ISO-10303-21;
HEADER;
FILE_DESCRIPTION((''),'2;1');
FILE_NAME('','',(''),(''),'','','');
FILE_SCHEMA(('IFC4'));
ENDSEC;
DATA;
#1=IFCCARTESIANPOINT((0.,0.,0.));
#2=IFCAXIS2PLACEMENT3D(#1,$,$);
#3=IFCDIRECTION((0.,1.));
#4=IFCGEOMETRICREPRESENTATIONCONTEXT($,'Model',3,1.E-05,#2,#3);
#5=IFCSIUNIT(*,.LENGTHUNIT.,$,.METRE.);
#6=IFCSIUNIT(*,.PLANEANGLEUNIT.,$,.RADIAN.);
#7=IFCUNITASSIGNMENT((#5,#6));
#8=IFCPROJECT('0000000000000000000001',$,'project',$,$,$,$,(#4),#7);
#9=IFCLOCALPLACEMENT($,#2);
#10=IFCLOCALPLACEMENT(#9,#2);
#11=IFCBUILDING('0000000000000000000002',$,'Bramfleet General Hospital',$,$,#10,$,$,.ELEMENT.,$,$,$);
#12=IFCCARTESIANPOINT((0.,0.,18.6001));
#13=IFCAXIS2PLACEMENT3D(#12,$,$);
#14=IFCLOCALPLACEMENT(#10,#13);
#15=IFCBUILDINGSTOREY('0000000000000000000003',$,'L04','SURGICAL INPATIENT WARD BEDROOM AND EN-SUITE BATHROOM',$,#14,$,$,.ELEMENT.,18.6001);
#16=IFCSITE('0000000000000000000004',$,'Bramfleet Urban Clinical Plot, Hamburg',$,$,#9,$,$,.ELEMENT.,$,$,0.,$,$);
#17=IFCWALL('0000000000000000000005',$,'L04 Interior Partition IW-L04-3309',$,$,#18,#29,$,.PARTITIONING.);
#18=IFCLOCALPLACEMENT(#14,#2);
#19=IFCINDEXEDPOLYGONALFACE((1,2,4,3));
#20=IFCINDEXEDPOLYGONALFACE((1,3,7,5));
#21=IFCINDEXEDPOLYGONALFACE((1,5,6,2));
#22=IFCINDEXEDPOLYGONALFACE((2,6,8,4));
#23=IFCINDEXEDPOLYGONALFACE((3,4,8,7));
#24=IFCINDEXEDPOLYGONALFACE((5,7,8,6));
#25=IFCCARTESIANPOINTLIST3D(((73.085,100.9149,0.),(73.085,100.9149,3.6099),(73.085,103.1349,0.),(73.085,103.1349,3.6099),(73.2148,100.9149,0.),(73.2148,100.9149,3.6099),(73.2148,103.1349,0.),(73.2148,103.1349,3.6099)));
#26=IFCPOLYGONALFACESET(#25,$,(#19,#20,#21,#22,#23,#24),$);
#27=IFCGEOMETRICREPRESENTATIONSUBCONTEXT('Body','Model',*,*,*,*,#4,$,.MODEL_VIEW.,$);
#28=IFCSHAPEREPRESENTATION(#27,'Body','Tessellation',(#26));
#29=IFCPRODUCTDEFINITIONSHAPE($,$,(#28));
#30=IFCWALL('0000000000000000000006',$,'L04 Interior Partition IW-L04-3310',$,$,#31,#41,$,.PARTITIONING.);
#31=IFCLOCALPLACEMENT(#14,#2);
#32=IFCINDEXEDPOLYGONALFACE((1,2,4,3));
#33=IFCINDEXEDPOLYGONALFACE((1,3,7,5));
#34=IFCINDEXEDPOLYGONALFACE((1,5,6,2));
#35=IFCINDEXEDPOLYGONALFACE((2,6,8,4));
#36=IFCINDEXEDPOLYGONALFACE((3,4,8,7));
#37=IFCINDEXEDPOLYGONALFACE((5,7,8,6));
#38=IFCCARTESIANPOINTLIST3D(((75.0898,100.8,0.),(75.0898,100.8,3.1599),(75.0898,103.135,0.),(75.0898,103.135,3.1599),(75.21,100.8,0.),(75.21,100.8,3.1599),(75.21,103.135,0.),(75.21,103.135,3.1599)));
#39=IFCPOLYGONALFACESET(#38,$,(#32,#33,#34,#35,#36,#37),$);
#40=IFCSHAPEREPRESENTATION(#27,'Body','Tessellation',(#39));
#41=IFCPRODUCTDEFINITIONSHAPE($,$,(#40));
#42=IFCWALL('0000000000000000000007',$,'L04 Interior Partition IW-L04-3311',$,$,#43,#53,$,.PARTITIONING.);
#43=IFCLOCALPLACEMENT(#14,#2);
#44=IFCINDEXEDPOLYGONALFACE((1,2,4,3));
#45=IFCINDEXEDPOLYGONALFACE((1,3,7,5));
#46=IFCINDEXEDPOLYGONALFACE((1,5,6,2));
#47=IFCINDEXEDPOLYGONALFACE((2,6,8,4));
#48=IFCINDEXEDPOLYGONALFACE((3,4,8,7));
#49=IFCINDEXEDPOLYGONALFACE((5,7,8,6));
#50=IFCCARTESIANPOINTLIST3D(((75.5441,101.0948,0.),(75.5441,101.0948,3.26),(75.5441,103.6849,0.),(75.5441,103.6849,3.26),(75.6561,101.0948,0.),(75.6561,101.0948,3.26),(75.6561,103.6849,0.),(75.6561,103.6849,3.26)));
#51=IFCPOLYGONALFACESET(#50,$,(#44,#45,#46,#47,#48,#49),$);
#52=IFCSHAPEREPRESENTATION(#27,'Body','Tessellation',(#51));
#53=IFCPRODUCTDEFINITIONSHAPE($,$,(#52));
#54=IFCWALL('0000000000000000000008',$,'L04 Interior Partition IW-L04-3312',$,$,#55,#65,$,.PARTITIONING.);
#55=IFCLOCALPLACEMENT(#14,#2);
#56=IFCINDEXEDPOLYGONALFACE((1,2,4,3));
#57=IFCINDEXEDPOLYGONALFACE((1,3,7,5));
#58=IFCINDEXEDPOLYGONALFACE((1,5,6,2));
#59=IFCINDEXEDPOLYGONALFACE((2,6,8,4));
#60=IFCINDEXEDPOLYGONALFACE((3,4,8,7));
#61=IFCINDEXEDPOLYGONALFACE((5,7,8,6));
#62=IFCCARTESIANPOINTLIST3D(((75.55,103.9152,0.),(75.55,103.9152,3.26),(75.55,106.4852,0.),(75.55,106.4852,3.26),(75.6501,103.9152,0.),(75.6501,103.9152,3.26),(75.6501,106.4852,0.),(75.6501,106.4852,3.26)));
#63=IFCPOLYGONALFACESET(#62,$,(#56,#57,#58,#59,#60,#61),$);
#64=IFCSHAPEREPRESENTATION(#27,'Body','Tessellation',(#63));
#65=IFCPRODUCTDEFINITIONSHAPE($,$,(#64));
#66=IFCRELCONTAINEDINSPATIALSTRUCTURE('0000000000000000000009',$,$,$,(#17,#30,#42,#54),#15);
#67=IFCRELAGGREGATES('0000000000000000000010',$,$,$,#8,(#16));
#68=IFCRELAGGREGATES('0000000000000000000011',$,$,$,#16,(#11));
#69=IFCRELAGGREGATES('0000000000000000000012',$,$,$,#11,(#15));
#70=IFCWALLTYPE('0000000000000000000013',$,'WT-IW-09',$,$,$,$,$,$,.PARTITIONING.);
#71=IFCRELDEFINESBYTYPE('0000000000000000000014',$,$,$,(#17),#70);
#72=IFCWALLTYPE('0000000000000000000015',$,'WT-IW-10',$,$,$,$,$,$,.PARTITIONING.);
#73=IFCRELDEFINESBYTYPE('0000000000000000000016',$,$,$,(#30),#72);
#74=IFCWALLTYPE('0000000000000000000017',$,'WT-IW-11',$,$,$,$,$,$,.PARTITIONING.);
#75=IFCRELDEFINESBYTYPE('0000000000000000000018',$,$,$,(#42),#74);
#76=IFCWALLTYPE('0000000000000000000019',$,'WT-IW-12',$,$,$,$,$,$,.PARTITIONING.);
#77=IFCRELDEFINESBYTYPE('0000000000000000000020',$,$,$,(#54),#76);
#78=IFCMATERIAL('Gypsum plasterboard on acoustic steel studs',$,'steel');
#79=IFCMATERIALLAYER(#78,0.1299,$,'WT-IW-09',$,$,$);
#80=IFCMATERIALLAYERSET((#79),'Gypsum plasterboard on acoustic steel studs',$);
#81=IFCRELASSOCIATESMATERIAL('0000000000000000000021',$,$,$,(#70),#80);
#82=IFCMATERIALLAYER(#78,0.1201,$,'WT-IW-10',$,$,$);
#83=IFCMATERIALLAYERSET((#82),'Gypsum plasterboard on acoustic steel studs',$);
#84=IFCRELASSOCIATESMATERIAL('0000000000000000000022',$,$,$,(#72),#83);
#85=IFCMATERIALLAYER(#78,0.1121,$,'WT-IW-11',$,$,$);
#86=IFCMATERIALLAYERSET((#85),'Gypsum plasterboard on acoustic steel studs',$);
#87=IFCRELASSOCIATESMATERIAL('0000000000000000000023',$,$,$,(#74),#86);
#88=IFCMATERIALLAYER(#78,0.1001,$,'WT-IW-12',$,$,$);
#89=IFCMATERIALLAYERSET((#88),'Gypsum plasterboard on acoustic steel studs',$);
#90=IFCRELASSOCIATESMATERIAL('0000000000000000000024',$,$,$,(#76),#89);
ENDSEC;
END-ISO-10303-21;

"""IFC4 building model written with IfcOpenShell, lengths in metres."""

from ifc_helpers import new_model, si_unit, direction, frame, frame_2d, origin, place, context, subcontext, project, spatial, rectangle, extrude, material, layer, layer_set, type_object, element, save


model = new_model("IFC4")

# Units and contexts
model_context = context("Model", 3, precision=1e-05, world=origin(), true_north=direction((0.0, 1.0)))
body_context = subcontext(model_context, "Body", "Model", "MODEL_VIEW")
ifc_project = project(units=[si_unit("LENGTHUNIT", "METRE"), si_unit("PLANEANGLEUNIT", "RADIAN")], contexts=[model_context])

# Site, building, storey
site_placement = place(None, origin())
site = spatial("IfcSite", under=ifc_project, at=site_placement, Name="Bramfleet Urban Clinical Plot, Hamburg", CompositionType="ELEMENT", RefElevation=0.0)
building_placement = place(site_placement, origin())
building = spatial("IfcBuilding", under=site, at=building_placement, Name="Bramfleet General Hospital", CompositionType="ELEMENT")
storey_placement = place(building_placement, frame((0.0, 0.0, 18.6001)))
storey = spatial("IfcBuildingStorey", under=building, at=storey_placement, Name="L04", Description="SURGICAL INPATIENT WARD BEDROOM AND EN-SUITE BATHROOM", CompositionType="ELEMENT", Elevation=18.6001)

# Shared definitions
ifc_material_1 = material(Name="Gypsum plasterboard on acoustic steel studs", Category="steel")

# Walls
ifc_layer_1 = layer(ifc_material_1, 0.1299, Name="WT-IW-09")
ifc_layer_set_1 = layer_set([ifc_layer_1], Name="Gypsum plasterboard on acoustic steel studs")
wall_type_1 = type_object("IfcWallType", Name="WT-IW-09", PredefinedType="PARTITIONING", material=ifc_layer_set_1)
wall_1_placement = place(storey_placement, frame((73.1499, 100.915, 0.0), z_axis=(0.0, 0.0, 1.0), x_axis=(0.0, 1.0, 0.0)))
element("IfcWall", 1, at=wall_1_placement, inside=storey, type_object=wall_type_1, Name="L04 Interior Partition IW-L04-3309", PredefinedType="PARTITIONING", context=body_context, shape_type="SweptSolid", body=[
    extrude(rectangle(XDim=2.22, YDim=0.1299, at=frame_2d((1.1099, 0.0))), origin(), (0.0, 0.0, 1.0), 3.6099),
])
ifc_layer_2 = layer(ifc_material_1, 0.1201, Name="WT-IW-10")
ifc_layer_set_2 = layer_set([ifc_layer_2], Name="Gypsum plasterboard on acoustic steel studs")
wall_type_2 = type_object("IfcWallType", Name="WT-IW-10", PredefinedType="PARTITIONING", material=ifc_layer_set_2)
wall_2_placement = place(storey_placement, frame((75.1499, 100.8, 0.0), z_axis=(0.0, 0.0, 1.0), x_axis=(0.0, 1.0, 0.0)))
element("IfcWall", 2, at=wall_2_placement, inside=storey, type_object=wall_type_2, Name="L04 Interior Partition IW-L04-3310", PredefinedType="PARTITIONING", context=body_context, shape_type="SweptSolid", body=[
    extrude(rectangle(XDim=2.335, YDim=0.1201, at=frame_2d((1.1675, 0.0))), origin(), (0.0, 0.0, 1.0), 3.1599),
])
ifc_layer_3 = layer(ifc_material_1, 0.1121, Name="WT-IW-11")
ifc_layer_set_3 = layer_set([ifc_layer_3], Name="Gypsum plasterboard on acoustic steel studs")
wall_type_3 = type_object("IfcWallType", Name="WT-IW-11", PredefinedType="PARTITIONING", material=ifc_layer_set_3)
wall_3_placement = place(storey_placement, frame((75.6001, 101.095, 0.0), z_axis=(0.0, 0.0, 1.0), x_axis=(0.0, 1.0, 0.0)))
element("IfcWall", 3, at=wall_3_placement, inside=storey, type_object=wall_type_3, Name="L04 Interior Partition IW-L04-3311", PredefinedType="PARTITIONING", context=body_context, shape_type="SweptSolid", body=[
    extrude(rectangle(XDim=2.5901, YDim=0.1121, at=frame_2d((1.2949, 0.0))), origin(), (0.0, 0.0, 1.0), 3.26),
])
ifc_layer_4 = layer(ifc_material_1, 0.1001, Name="WT-IW-12")
ifc_layer_set_4 = layer_set([ifc_layer_4], Name="Gypsum plasterboard on acoustic steel studs")
wall_type_4 = type_object("IfcWallType", Name="WT-IW-12", PredefinedType="PARTITIONING", material=ifc_layer_set_4)
wall_4_placement = place(storey_placement, frame((75.6001, 103.915, 0.0), z_axis=(0.0, 0.0, 1.0), x_axis=(0.0, 1.0, 0.0)))
element("IfcWall", 4, at=wall_4_placement, inside=storey, type_object=wall_type_4, Name="L04 Interior Partition IW-L04-3312", PredefinedType="PARTITIONING", context=body_context, shape_type="SweptSolid", body=[
    extrude(rectangle(XDim=2.5701, YDim=0.1001, at=frame_2d((1.2852, 0.0))), origin(), (0.0, 0.0, 1.0), 3.26),
])

save(model, "model.ifc")
